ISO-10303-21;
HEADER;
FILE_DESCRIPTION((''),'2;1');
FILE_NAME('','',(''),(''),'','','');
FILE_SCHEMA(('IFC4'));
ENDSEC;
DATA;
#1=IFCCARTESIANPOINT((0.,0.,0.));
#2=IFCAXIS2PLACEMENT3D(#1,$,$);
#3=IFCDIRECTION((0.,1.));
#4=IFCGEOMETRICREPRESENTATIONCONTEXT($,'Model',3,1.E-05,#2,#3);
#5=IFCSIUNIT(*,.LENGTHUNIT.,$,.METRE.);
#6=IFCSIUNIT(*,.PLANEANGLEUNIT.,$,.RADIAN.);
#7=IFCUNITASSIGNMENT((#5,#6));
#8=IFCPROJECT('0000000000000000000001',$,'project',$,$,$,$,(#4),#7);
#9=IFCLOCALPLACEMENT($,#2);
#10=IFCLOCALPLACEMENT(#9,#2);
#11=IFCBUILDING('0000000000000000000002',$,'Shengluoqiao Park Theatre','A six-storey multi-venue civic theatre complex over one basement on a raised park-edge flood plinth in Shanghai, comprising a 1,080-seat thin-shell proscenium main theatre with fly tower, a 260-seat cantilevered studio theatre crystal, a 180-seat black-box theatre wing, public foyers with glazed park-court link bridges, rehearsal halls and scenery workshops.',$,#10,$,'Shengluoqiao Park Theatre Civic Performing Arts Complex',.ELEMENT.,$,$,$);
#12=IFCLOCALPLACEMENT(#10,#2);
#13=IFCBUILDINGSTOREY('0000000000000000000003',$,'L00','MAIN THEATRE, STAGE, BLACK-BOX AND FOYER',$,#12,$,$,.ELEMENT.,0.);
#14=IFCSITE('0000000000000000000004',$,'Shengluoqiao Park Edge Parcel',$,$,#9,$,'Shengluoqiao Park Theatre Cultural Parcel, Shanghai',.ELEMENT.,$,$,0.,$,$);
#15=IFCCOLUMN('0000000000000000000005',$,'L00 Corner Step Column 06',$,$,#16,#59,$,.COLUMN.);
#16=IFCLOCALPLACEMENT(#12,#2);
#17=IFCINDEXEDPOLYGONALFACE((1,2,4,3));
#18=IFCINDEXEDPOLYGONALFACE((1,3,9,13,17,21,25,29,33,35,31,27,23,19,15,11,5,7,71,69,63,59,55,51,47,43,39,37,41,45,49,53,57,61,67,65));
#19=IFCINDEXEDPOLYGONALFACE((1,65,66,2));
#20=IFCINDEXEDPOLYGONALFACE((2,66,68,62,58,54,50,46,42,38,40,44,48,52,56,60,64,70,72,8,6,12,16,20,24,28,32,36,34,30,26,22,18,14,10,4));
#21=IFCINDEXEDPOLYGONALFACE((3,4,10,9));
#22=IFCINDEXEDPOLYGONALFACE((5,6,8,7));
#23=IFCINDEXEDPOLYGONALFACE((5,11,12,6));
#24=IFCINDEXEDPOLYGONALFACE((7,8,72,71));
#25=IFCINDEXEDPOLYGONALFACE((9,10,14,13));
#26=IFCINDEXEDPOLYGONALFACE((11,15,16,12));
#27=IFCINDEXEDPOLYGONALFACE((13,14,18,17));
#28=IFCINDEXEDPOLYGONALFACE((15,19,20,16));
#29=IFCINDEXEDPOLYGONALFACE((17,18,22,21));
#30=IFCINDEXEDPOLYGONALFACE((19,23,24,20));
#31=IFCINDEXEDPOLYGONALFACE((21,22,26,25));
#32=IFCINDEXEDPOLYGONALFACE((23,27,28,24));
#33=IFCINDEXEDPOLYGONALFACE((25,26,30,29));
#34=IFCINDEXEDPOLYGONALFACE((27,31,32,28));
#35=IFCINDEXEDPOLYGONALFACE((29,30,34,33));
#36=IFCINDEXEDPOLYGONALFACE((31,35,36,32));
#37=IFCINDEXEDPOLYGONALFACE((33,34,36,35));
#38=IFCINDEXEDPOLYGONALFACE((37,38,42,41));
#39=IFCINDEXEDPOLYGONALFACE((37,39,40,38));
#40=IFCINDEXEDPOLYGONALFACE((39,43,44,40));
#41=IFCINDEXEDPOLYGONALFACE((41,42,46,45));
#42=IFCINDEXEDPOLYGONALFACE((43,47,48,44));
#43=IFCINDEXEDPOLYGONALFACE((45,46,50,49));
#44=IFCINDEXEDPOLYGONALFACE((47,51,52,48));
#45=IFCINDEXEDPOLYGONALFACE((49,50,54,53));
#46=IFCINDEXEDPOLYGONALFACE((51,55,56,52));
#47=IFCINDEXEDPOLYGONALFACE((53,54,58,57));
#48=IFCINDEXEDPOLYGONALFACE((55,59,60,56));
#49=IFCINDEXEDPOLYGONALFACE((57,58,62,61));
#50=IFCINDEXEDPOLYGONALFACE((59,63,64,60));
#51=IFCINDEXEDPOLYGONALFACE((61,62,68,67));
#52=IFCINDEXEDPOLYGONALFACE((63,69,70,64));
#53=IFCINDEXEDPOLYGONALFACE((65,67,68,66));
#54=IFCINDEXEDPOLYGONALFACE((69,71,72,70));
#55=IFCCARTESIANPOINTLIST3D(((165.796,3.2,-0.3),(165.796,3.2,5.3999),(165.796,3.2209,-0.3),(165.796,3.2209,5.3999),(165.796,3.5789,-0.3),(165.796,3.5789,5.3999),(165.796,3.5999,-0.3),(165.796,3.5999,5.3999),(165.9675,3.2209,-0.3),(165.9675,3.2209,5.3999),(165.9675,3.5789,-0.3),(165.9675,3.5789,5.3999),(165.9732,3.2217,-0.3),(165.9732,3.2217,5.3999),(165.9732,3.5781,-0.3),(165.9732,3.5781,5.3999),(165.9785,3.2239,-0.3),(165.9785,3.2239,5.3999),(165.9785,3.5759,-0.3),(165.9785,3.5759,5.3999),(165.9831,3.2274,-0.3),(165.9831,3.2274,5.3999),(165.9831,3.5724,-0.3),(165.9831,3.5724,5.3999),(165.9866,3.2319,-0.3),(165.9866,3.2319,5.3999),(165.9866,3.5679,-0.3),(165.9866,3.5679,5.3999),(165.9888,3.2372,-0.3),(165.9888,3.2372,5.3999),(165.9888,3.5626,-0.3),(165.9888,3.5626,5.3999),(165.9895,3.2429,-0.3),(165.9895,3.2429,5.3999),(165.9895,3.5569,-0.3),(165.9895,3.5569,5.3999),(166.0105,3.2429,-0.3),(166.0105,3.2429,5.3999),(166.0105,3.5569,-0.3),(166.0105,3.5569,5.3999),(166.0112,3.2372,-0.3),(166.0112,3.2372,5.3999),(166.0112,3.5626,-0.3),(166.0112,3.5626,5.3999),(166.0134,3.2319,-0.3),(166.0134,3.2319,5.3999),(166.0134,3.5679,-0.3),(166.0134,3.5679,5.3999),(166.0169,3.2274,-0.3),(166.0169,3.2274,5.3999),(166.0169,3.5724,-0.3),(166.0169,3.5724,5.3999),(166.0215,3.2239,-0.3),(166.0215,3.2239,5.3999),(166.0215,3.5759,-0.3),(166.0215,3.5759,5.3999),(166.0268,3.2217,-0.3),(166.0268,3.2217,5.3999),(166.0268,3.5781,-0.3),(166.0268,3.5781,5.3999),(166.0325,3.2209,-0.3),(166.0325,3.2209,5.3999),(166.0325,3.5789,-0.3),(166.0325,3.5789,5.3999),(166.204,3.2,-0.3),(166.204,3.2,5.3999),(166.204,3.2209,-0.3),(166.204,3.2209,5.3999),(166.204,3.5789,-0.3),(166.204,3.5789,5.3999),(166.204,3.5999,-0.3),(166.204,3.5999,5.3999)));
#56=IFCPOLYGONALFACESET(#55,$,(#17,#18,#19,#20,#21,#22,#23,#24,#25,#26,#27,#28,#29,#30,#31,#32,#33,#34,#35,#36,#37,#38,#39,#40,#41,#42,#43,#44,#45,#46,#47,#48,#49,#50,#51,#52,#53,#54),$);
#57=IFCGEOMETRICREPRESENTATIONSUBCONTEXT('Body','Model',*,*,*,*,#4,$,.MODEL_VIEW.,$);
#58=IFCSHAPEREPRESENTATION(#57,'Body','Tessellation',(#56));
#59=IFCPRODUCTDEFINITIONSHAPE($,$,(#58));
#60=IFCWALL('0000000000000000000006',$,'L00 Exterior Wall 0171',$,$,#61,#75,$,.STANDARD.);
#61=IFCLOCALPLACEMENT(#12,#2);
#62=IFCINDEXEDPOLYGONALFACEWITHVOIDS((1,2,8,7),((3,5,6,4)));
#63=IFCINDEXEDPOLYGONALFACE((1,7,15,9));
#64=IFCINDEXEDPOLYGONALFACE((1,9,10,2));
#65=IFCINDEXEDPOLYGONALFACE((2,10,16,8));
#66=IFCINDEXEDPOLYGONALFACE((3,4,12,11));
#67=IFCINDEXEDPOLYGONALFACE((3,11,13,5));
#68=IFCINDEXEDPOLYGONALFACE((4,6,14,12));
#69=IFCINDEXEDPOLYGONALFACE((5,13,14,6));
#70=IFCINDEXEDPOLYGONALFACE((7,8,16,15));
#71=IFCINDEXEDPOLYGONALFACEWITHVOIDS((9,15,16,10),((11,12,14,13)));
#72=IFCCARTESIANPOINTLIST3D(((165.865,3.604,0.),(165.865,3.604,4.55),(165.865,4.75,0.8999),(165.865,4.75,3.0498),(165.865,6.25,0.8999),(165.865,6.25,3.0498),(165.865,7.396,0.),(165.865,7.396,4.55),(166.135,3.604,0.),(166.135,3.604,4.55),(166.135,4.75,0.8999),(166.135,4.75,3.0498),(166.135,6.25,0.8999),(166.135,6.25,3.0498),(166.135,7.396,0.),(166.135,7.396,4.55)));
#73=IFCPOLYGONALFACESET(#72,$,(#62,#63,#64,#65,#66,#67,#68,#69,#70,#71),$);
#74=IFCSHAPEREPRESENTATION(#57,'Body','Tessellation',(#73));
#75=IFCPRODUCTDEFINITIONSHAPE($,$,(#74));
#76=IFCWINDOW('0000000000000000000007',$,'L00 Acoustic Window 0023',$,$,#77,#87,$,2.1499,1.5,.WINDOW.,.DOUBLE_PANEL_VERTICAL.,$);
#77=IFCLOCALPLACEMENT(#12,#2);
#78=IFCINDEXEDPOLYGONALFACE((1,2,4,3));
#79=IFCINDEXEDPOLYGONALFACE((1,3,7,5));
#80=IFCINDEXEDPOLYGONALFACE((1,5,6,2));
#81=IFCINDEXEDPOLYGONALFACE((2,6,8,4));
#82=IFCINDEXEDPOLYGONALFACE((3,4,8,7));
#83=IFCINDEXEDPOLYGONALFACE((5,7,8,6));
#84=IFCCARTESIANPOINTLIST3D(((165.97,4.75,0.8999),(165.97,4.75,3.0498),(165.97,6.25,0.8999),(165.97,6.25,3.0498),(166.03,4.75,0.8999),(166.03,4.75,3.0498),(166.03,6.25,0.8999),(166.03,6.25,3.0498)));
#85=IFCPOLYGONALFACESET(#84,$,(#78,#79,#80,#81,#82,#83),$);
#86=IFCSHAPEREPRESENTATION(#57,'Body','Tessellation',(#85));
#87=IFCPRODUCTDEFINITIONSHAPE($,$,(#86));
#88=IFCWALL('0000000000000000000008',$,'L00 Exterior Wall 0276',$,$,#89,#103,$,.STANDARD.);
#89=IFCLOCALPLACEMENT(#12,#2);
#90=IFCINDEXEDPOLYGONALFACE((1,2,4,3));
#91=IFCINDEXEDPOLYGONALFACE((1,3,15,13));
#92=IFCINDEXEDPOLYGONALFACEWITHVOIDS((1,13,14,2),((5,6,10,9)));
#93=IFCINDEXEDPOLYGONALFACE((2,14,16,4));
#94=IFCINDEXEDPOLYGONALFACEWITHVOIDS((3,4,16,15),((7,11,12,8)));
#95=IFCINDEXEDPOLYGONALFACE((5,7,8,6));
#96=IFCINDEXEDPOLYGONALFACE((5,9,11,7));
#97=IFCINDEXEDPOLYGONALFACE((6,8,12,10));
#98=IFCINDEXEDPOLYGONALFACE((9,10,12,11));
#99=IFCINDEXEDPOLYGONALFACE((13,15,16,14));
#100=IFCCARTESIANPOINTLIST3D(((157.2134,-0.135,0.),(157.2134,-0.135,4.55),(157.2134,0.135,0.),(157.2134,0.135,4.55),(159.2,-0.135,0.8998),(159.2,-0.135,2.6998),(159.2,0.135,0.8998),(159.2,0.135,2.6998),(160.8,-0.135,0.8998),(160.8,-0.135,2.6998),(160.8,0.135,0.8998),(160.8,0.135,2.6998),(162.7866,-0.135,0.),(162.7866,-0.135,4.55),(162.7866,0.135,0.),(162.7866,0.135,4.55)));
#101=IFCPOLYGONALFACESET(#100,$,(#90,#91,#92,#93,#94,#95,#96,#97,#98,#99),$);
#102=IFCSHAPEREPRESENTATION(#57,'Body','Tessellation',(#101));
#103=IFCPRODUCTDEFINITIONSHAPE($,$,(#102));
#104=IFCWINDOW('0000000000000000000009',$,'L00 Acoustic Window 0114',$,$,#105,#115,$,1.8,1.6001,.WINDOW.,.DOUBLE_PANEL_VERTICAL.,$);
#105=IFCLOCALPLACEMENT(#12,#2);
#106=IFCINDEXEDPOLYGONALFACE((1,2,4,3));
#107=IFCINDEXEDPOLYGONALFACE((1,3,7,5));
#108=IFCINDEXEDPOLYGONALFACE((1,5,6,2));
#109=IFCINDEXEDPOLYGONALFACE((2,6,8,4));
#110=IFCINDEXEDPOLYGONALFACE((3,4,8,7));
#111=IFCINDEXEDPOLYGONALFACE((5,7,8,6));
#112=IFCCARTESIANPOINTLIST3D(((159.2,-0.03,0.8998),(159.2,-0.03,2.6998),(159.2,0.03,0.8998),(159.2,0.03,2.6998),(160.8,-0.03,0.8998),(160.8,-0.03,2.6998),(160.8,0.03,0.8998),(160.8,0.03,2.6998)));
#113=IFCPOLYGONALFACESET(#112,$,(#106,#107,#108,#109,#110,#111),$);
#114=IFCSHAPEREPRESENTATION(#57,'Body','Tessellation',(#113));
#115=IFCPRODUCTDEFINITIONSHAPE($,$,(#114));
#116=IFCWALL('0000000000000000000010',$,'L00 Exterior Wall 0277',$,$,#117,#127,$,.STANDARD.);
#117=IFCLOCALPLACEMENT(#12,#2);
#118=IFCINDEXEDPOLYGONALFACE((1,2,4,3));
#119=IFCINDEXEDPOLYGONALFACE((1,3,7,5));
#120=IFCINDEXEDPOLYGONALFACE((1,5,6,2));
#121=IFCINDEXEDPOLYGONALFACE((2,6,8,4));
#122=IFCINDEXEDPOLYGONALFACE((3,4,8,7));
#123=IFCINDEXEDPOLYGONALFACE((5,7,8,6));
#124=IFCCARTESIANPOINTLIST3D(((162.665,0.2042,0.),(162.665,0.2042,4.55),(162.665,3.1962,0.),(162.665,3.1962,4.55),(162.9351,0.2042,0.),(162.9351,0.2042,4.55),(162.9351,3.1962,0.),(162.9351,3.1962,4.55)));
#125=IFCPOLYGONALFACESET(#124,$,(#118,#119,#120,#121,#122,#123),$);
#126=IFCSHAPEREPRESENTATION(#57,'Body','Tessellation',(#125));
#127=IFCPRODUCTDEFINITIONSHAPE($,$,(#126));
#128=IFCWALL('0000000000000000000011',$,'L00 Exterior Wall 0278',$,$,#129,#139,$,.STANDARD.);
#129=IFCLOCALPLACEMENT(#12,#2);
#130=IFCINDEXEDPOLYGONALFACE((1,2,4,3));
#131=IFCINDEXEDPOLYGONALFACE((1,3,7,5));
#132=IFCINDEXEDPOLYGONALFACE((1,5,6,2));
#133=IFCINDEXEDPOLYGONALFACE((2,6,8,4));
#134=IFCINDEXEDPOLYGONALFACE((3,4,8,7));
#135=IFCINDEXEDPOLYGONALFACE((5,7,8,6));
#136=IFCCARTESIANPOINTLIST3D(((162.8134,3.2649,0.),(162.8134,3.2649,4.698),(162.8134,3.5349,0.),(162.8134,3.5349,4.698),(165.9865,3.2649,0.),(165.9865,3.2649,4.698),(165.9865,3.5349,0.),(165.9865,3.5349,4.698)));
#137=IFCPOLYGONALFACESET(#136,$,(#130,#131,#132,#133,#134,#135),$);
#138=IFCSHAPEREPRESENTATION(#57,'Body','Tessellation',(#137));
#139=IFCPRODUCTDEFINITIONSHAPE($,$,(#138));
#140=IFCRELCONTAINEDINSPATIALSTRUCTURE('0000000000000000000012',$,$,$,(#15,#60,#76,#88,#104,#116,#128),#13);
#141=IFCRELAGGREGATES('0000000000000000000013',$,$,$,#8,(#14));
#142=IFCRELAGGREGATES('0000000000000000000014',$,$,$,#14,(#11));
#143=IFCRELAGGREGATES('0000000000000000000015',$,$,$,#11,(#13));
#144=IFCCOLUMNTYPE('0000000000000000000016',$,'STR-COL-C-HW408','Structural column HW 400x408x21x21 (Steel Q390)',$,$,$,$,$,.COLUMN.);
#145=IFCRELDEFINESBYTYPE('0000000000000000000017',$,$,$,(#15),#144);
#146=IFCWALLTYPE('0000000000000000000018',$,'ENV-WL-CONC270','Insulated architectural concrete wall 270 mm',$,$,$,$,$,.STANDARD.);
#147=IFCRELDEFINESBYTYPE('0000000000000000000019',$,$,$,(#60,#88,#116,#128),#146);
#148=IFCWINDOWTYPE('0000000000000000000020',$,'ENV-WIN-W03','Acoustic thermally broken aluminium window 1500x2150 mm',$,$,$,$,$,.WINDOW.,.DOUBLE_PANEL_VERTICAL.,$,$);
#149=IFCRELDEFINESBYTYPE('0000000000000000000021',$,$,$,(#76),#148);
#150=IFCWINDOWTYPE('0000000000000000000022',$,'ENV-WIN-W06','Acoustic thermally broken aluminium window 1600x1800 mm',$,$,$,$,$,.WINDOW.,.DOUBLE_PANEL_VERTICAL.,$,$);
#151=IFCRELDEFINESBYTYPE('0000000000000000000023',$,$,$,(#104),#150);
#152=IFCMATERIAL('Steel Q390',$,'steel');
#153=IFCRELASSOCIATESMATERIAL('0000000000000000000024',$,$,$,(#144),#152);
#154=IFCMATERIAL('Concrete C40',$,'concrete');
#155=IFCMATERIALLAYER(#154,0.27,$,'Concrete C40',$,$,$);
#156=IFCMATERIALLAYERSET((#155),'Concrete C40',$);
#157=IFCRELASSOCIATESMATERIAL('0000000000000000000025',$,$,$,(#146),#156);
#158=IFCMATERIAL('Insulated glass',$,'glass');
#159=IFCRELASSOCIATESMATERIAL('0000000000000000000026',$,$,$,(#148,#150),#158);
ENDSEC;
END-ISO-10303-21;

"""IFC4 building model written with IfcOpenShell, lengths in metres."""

from ifc_helpers import new_model, si_unit, direction, frame, frame_2d, origin, origin_2d, place, context, subcontext, project, spatial, rectangle, i_section, extrude, material, layer, layer_set, material_profile, profile_set, type_object, element, fill, save


model = new_model("IFC4")

# Units and contexts
model_context = context("Model", 3, precision=1e-05, world=origin(), true_north=direction((0.0, 1.0)))
body_context = subcontext(model_context, "Body", "Model", "MODEL_VIEW")
ifc_project = project(units=[si_unit("LENGTHUNIT", "METRE"), si_unit("PLANEANGLEUNIT", "RADIAN")], contexts=[model_context])

# Site, building, storey
site_placement = place(None, origin())
site = spatial("IfcSite", under=ifc_project, at=site_placement, Name="Shengluoqiao Park Edge Parcel", LongName="Shengluoqiao Park Theatre Cultural Parcel, Shanghai", CompositionType="ELEMENT", RefElevation=0.0)
building_placement = place(site_placement, origin())
building = spatial("IfcBuilding", under=site, at=building_placement, Name="Shengluoqiao Park Theatre", Description="A six-storey multi-venue civic theatre complex over one basement on a raised park-edge flood plinth in Shanghai, comprising a 1,080-seat thin-shell proscenium main theatre with fly tower, a 260-seat cantilevered studio theatre crystal, a 180-seat black-box theatre wing, public foyers with glazed park-court link bridges, rehearsal halls and scenery workshops.", LongName="Shengluoqiao Park Theatre Civic Performing Arts Complex", CompositionType="ELEMENT")
storey_placement = place(building_placement, origin())
storey = spatial("IfcBuildingStorey", under=building, at=storey_placement, Name="L00", Description="MAIN THEATRE, STAGE, BLACK-BOX AND FOYER", CompositionType="ELEMENT", Elevation=0.0)

# Shared definitions
ifc_material_1 = material(Name="Concrete C40", Category="concrete")

# Column
ifc_material_2 = material(Name="Steel Q390", Category="steel")
ifc_material_profile_1 = material_profile(ifc_material_2, i_section(OverallWidth=0.408, OverallDepth=0.3999, WebThickness=0.021, FlangeThickness=0.021, FilletRadius=0.022, at=origin_2d()), Name="HW 400x408x21x21")
ifc_profile_set_1 = profile_set([ifc_material_profile_1], Name="Steel Q390")
column_type_1 = type_object("IfcColumnType", Name="STR-COL-C-HW408", Description="Structural column HW 400x408x21x21 (Steel Q390)", PredefinedType="COLUMN", material=ifc_profile_set_1)
for number, where, z_axis, x_axis, name in (
    (1, (166.0, 3.3999, -0.3), (0.0, 0.0, 1.0), (1.0, 0.0, 0.0), "L00 Corner Step Column 06"),
):
    element("IfcColumn", number, at=place(storey_placement, frame(where, z_axis=z_axis, x_axis=x_axis)), inside=storey, type_object=column_type_1, Name=name, PredefinedType="COLUMN", context=body_context, shape_type="SweptSolid", body=[
        extrude(i_section(OverallWidth=0.408, OverallDepth=0.3999, WebThickness=0.021, FlangeThickness=0.021, FilletRadius=0.022, at=origin_2d()), origin(), (0.0, 0.0, 1.0), 5.7),
    ])

# Walls, openings, windows
ifc_layer_1 = layer(ifc_material_1, 0.27, Name="Concrete C40")
ifc_layer_set_1 = layer_set([ifc_layer_1], Name="Concrete C40")
wall_type = type_object("IfcWallType", Name="ENV-WL-CONC270", Description="Insulated architectural concrete wall 270 mm", PredefinedType="STANDARD", material=ifc_layer_set_1)
wall_1_placement = place(storey_placement, frame((166.0, 3.604, 0.0), z_axis=(0.0, 0.0, 1.0), x_axis=(0.0, 1.0, 0.0)))
wall_1 = element("IfcWall", 2, at=wall_1_placement, inside=storey, type_object=wall_type, Name="L00 Exterior Wall 0171", PredefinedType="STANDARD", context=body_context, shape_type="SweptSolid", body=[
    extrude(rectangle(XDim=3.792, YDim=0.27, at=frame_2d((1.896, 0.0))), origin(), (0.0, 0.0, 1.0), 4.55),
])
opening_1_placement = place(wall_1_placement, frame((1.146, 0.0, 0.8999)))
opening_1 = element("IfcOpeningElement", 3, at=opening_1_placement, cuts=wall_1, PredefinedType="OPENING", context=body_context, shape_type="SweptSolid", body=[
    extrude(rectangle(XDim=1.5, YDim=2.1499, at=frame_2d((0.75, 1.075))), frame((0.0, 0.145, 0.0), z_axis=(0.0, -1.0, 0.0), x_axis=(1.0, 0.0, 0.0)), (0.0, 0.0, 1.0), 0.29),
])
ifc_material_3 = material(Name="Insulated glass", Category="glass")
window_type_1 = type_object("IfcWindowType", Name="ENV-WIN-W03", Description="Acoustic thermally broken aluminium window 1500x2150 mm", PartitioningType="DOUBLE_PANEL_VERTICAL", PredefinedType="WINDOW", material=ifc_material_3)
window_1_placement = place(opening_1_placement, origin())
window_1 = element("IfcWindow", 4, at=window_1_placement, inside=storey, type_object=window_type_1, Name="L00 Acoustic Window 0023", OverallHeight=2.1499, OverallWidth=1.5, PartitioningType="DOUBLE_PANEL_VERTICAL", PredefinedType="WINDOW", context=body_context, shape_type="SweptSolid", body=[
    extrude(rectangle(XDim=1.5, YDim=2.1499, at=frame_2d((0.75, 1.075))), frame((0.0, 0.03, 0.0), z_axis=(0.0, -1.0, 0.0), x_axis=(1.0, 0.0, 0.0)), (0.0, 0.0, 1.0), 0.0601),
])
fill(opening_1, window_1)
wall_2_placement = place(storey_placement, frame((157.2134, 0.0, 0.0), z_axis=(0.0, 0.0, 1.0), x_axis=(1.0, 0.0, 0.0)))
wall_2 = element("IfcWall", 5, at=wall_2_placement, inside=storey, type_object=wall_type, Name="L00 Exterior Wall 0276", PredefinedType="STANDARD", context=body_context, shape_type="SweptSolid", body=[
    extrude(rectangle(XDim=5.5732, YDim=0.27, at=frame_2d((2.7866, 0.0))), origin(), (0.0, 0.0, 1.0), 4.55),
])
opening_2_placement = place(wall_2_placement, frame((1.9866, 0.0, 0.8999)))
opening_2 = element("IfcOpeningElement", 6, at=opening_2_placement, cuts=wall_2, PredefinedType="OPENING", context=body_context, shape_type="SweptSolid", body=[
    extrude(rectangle(XDim=1.6001, YDim=1.8, at=frame_2d((0.8, 0.8999))), frame((0.0, 0.145, 0.0), z_axis=(0.0, -1.0, 0.0), x_axis=(1.0, 0.0, 0.0)), (0.0, 0.0, 1.0), 0.29),
])
window_type_2 = type_object("IfcWindowType", Name="ENV-WIN-W06", Description="Acoustic thermally broken aluminium window 1600x1800 mm", PartitioningType="DOUBLE_PANEL_VERTICAL", PredefinedType="WINDOW", material=ifc_material_3)
window_2_placement = place(opening_2_placement, origin())
window_2 = element("IfcWindow", 7, at=window_2_placement, inside=storey, type_object=window_type_2, Name="L00 Acoustic Window 0114", OverallHeight=1.8, OverallWidth=1.6001, PartitioningType="DOUBLE_PANEL_VERTICAL", PredefinedType="WINDOW", context=body_context, shape_type="SweptSolid", body=[
    extrude(rectangle(XDim=1.6001, YDim=1.8, at=frame_2d((0.8, 0.8999))), frame((0.0, 0.03, 0.0), z_axis=(0.0, -1.0, 0.0), x_axis=(1.0, 0.0, 0.0)), (0.0, 0.0, 1.0), 0.0601),
])
fill(opening_2, window_2)

# Walls
wall_3_placement = place(storey_placement, frame((162.8, 0.2041, 0.0), z_axis=(0.0, 0.0, 1.0), x_axis=(0.0, 1.0, 0.0)))
element("IfcWall", 8, at=wall_3_placement, inside=storey, type_object=wall_type, Name="L00 Exterior Wall 0277", PredefinedType="STANDARD", context=body_context, shape_type="SweptSolid", body=[
    extrude(rectangle(XDim=2.9919, YDim=0.27, at=frame_2d((1.4961, 0.0))), origin(), (0.0, 0.0, 1.0), 4.55),
])
wall_4_placement = place(storey_placement, frame((162.8135, 3.3999, 0.0), z_axis=(0.0, 0.0, 1.0), x_axis=(1.0, 0.0, 0.0)))
element("IfcWall", 9, at=wall_4_placement, inside=storey, type_object=wall_type, Name="L00 Exterior Wall 0278", PredefinedType="STANDARD", context=body_context, shape_type="SweptSolid", body=[
    extrude(rectangle(XDim=3.1731, YDim=0.27, at=frame_2d((1.5864, 0.0))), origin(), (0.0, 0.0, 1.0), 4.698),
])

save(model, "model.ifc")
